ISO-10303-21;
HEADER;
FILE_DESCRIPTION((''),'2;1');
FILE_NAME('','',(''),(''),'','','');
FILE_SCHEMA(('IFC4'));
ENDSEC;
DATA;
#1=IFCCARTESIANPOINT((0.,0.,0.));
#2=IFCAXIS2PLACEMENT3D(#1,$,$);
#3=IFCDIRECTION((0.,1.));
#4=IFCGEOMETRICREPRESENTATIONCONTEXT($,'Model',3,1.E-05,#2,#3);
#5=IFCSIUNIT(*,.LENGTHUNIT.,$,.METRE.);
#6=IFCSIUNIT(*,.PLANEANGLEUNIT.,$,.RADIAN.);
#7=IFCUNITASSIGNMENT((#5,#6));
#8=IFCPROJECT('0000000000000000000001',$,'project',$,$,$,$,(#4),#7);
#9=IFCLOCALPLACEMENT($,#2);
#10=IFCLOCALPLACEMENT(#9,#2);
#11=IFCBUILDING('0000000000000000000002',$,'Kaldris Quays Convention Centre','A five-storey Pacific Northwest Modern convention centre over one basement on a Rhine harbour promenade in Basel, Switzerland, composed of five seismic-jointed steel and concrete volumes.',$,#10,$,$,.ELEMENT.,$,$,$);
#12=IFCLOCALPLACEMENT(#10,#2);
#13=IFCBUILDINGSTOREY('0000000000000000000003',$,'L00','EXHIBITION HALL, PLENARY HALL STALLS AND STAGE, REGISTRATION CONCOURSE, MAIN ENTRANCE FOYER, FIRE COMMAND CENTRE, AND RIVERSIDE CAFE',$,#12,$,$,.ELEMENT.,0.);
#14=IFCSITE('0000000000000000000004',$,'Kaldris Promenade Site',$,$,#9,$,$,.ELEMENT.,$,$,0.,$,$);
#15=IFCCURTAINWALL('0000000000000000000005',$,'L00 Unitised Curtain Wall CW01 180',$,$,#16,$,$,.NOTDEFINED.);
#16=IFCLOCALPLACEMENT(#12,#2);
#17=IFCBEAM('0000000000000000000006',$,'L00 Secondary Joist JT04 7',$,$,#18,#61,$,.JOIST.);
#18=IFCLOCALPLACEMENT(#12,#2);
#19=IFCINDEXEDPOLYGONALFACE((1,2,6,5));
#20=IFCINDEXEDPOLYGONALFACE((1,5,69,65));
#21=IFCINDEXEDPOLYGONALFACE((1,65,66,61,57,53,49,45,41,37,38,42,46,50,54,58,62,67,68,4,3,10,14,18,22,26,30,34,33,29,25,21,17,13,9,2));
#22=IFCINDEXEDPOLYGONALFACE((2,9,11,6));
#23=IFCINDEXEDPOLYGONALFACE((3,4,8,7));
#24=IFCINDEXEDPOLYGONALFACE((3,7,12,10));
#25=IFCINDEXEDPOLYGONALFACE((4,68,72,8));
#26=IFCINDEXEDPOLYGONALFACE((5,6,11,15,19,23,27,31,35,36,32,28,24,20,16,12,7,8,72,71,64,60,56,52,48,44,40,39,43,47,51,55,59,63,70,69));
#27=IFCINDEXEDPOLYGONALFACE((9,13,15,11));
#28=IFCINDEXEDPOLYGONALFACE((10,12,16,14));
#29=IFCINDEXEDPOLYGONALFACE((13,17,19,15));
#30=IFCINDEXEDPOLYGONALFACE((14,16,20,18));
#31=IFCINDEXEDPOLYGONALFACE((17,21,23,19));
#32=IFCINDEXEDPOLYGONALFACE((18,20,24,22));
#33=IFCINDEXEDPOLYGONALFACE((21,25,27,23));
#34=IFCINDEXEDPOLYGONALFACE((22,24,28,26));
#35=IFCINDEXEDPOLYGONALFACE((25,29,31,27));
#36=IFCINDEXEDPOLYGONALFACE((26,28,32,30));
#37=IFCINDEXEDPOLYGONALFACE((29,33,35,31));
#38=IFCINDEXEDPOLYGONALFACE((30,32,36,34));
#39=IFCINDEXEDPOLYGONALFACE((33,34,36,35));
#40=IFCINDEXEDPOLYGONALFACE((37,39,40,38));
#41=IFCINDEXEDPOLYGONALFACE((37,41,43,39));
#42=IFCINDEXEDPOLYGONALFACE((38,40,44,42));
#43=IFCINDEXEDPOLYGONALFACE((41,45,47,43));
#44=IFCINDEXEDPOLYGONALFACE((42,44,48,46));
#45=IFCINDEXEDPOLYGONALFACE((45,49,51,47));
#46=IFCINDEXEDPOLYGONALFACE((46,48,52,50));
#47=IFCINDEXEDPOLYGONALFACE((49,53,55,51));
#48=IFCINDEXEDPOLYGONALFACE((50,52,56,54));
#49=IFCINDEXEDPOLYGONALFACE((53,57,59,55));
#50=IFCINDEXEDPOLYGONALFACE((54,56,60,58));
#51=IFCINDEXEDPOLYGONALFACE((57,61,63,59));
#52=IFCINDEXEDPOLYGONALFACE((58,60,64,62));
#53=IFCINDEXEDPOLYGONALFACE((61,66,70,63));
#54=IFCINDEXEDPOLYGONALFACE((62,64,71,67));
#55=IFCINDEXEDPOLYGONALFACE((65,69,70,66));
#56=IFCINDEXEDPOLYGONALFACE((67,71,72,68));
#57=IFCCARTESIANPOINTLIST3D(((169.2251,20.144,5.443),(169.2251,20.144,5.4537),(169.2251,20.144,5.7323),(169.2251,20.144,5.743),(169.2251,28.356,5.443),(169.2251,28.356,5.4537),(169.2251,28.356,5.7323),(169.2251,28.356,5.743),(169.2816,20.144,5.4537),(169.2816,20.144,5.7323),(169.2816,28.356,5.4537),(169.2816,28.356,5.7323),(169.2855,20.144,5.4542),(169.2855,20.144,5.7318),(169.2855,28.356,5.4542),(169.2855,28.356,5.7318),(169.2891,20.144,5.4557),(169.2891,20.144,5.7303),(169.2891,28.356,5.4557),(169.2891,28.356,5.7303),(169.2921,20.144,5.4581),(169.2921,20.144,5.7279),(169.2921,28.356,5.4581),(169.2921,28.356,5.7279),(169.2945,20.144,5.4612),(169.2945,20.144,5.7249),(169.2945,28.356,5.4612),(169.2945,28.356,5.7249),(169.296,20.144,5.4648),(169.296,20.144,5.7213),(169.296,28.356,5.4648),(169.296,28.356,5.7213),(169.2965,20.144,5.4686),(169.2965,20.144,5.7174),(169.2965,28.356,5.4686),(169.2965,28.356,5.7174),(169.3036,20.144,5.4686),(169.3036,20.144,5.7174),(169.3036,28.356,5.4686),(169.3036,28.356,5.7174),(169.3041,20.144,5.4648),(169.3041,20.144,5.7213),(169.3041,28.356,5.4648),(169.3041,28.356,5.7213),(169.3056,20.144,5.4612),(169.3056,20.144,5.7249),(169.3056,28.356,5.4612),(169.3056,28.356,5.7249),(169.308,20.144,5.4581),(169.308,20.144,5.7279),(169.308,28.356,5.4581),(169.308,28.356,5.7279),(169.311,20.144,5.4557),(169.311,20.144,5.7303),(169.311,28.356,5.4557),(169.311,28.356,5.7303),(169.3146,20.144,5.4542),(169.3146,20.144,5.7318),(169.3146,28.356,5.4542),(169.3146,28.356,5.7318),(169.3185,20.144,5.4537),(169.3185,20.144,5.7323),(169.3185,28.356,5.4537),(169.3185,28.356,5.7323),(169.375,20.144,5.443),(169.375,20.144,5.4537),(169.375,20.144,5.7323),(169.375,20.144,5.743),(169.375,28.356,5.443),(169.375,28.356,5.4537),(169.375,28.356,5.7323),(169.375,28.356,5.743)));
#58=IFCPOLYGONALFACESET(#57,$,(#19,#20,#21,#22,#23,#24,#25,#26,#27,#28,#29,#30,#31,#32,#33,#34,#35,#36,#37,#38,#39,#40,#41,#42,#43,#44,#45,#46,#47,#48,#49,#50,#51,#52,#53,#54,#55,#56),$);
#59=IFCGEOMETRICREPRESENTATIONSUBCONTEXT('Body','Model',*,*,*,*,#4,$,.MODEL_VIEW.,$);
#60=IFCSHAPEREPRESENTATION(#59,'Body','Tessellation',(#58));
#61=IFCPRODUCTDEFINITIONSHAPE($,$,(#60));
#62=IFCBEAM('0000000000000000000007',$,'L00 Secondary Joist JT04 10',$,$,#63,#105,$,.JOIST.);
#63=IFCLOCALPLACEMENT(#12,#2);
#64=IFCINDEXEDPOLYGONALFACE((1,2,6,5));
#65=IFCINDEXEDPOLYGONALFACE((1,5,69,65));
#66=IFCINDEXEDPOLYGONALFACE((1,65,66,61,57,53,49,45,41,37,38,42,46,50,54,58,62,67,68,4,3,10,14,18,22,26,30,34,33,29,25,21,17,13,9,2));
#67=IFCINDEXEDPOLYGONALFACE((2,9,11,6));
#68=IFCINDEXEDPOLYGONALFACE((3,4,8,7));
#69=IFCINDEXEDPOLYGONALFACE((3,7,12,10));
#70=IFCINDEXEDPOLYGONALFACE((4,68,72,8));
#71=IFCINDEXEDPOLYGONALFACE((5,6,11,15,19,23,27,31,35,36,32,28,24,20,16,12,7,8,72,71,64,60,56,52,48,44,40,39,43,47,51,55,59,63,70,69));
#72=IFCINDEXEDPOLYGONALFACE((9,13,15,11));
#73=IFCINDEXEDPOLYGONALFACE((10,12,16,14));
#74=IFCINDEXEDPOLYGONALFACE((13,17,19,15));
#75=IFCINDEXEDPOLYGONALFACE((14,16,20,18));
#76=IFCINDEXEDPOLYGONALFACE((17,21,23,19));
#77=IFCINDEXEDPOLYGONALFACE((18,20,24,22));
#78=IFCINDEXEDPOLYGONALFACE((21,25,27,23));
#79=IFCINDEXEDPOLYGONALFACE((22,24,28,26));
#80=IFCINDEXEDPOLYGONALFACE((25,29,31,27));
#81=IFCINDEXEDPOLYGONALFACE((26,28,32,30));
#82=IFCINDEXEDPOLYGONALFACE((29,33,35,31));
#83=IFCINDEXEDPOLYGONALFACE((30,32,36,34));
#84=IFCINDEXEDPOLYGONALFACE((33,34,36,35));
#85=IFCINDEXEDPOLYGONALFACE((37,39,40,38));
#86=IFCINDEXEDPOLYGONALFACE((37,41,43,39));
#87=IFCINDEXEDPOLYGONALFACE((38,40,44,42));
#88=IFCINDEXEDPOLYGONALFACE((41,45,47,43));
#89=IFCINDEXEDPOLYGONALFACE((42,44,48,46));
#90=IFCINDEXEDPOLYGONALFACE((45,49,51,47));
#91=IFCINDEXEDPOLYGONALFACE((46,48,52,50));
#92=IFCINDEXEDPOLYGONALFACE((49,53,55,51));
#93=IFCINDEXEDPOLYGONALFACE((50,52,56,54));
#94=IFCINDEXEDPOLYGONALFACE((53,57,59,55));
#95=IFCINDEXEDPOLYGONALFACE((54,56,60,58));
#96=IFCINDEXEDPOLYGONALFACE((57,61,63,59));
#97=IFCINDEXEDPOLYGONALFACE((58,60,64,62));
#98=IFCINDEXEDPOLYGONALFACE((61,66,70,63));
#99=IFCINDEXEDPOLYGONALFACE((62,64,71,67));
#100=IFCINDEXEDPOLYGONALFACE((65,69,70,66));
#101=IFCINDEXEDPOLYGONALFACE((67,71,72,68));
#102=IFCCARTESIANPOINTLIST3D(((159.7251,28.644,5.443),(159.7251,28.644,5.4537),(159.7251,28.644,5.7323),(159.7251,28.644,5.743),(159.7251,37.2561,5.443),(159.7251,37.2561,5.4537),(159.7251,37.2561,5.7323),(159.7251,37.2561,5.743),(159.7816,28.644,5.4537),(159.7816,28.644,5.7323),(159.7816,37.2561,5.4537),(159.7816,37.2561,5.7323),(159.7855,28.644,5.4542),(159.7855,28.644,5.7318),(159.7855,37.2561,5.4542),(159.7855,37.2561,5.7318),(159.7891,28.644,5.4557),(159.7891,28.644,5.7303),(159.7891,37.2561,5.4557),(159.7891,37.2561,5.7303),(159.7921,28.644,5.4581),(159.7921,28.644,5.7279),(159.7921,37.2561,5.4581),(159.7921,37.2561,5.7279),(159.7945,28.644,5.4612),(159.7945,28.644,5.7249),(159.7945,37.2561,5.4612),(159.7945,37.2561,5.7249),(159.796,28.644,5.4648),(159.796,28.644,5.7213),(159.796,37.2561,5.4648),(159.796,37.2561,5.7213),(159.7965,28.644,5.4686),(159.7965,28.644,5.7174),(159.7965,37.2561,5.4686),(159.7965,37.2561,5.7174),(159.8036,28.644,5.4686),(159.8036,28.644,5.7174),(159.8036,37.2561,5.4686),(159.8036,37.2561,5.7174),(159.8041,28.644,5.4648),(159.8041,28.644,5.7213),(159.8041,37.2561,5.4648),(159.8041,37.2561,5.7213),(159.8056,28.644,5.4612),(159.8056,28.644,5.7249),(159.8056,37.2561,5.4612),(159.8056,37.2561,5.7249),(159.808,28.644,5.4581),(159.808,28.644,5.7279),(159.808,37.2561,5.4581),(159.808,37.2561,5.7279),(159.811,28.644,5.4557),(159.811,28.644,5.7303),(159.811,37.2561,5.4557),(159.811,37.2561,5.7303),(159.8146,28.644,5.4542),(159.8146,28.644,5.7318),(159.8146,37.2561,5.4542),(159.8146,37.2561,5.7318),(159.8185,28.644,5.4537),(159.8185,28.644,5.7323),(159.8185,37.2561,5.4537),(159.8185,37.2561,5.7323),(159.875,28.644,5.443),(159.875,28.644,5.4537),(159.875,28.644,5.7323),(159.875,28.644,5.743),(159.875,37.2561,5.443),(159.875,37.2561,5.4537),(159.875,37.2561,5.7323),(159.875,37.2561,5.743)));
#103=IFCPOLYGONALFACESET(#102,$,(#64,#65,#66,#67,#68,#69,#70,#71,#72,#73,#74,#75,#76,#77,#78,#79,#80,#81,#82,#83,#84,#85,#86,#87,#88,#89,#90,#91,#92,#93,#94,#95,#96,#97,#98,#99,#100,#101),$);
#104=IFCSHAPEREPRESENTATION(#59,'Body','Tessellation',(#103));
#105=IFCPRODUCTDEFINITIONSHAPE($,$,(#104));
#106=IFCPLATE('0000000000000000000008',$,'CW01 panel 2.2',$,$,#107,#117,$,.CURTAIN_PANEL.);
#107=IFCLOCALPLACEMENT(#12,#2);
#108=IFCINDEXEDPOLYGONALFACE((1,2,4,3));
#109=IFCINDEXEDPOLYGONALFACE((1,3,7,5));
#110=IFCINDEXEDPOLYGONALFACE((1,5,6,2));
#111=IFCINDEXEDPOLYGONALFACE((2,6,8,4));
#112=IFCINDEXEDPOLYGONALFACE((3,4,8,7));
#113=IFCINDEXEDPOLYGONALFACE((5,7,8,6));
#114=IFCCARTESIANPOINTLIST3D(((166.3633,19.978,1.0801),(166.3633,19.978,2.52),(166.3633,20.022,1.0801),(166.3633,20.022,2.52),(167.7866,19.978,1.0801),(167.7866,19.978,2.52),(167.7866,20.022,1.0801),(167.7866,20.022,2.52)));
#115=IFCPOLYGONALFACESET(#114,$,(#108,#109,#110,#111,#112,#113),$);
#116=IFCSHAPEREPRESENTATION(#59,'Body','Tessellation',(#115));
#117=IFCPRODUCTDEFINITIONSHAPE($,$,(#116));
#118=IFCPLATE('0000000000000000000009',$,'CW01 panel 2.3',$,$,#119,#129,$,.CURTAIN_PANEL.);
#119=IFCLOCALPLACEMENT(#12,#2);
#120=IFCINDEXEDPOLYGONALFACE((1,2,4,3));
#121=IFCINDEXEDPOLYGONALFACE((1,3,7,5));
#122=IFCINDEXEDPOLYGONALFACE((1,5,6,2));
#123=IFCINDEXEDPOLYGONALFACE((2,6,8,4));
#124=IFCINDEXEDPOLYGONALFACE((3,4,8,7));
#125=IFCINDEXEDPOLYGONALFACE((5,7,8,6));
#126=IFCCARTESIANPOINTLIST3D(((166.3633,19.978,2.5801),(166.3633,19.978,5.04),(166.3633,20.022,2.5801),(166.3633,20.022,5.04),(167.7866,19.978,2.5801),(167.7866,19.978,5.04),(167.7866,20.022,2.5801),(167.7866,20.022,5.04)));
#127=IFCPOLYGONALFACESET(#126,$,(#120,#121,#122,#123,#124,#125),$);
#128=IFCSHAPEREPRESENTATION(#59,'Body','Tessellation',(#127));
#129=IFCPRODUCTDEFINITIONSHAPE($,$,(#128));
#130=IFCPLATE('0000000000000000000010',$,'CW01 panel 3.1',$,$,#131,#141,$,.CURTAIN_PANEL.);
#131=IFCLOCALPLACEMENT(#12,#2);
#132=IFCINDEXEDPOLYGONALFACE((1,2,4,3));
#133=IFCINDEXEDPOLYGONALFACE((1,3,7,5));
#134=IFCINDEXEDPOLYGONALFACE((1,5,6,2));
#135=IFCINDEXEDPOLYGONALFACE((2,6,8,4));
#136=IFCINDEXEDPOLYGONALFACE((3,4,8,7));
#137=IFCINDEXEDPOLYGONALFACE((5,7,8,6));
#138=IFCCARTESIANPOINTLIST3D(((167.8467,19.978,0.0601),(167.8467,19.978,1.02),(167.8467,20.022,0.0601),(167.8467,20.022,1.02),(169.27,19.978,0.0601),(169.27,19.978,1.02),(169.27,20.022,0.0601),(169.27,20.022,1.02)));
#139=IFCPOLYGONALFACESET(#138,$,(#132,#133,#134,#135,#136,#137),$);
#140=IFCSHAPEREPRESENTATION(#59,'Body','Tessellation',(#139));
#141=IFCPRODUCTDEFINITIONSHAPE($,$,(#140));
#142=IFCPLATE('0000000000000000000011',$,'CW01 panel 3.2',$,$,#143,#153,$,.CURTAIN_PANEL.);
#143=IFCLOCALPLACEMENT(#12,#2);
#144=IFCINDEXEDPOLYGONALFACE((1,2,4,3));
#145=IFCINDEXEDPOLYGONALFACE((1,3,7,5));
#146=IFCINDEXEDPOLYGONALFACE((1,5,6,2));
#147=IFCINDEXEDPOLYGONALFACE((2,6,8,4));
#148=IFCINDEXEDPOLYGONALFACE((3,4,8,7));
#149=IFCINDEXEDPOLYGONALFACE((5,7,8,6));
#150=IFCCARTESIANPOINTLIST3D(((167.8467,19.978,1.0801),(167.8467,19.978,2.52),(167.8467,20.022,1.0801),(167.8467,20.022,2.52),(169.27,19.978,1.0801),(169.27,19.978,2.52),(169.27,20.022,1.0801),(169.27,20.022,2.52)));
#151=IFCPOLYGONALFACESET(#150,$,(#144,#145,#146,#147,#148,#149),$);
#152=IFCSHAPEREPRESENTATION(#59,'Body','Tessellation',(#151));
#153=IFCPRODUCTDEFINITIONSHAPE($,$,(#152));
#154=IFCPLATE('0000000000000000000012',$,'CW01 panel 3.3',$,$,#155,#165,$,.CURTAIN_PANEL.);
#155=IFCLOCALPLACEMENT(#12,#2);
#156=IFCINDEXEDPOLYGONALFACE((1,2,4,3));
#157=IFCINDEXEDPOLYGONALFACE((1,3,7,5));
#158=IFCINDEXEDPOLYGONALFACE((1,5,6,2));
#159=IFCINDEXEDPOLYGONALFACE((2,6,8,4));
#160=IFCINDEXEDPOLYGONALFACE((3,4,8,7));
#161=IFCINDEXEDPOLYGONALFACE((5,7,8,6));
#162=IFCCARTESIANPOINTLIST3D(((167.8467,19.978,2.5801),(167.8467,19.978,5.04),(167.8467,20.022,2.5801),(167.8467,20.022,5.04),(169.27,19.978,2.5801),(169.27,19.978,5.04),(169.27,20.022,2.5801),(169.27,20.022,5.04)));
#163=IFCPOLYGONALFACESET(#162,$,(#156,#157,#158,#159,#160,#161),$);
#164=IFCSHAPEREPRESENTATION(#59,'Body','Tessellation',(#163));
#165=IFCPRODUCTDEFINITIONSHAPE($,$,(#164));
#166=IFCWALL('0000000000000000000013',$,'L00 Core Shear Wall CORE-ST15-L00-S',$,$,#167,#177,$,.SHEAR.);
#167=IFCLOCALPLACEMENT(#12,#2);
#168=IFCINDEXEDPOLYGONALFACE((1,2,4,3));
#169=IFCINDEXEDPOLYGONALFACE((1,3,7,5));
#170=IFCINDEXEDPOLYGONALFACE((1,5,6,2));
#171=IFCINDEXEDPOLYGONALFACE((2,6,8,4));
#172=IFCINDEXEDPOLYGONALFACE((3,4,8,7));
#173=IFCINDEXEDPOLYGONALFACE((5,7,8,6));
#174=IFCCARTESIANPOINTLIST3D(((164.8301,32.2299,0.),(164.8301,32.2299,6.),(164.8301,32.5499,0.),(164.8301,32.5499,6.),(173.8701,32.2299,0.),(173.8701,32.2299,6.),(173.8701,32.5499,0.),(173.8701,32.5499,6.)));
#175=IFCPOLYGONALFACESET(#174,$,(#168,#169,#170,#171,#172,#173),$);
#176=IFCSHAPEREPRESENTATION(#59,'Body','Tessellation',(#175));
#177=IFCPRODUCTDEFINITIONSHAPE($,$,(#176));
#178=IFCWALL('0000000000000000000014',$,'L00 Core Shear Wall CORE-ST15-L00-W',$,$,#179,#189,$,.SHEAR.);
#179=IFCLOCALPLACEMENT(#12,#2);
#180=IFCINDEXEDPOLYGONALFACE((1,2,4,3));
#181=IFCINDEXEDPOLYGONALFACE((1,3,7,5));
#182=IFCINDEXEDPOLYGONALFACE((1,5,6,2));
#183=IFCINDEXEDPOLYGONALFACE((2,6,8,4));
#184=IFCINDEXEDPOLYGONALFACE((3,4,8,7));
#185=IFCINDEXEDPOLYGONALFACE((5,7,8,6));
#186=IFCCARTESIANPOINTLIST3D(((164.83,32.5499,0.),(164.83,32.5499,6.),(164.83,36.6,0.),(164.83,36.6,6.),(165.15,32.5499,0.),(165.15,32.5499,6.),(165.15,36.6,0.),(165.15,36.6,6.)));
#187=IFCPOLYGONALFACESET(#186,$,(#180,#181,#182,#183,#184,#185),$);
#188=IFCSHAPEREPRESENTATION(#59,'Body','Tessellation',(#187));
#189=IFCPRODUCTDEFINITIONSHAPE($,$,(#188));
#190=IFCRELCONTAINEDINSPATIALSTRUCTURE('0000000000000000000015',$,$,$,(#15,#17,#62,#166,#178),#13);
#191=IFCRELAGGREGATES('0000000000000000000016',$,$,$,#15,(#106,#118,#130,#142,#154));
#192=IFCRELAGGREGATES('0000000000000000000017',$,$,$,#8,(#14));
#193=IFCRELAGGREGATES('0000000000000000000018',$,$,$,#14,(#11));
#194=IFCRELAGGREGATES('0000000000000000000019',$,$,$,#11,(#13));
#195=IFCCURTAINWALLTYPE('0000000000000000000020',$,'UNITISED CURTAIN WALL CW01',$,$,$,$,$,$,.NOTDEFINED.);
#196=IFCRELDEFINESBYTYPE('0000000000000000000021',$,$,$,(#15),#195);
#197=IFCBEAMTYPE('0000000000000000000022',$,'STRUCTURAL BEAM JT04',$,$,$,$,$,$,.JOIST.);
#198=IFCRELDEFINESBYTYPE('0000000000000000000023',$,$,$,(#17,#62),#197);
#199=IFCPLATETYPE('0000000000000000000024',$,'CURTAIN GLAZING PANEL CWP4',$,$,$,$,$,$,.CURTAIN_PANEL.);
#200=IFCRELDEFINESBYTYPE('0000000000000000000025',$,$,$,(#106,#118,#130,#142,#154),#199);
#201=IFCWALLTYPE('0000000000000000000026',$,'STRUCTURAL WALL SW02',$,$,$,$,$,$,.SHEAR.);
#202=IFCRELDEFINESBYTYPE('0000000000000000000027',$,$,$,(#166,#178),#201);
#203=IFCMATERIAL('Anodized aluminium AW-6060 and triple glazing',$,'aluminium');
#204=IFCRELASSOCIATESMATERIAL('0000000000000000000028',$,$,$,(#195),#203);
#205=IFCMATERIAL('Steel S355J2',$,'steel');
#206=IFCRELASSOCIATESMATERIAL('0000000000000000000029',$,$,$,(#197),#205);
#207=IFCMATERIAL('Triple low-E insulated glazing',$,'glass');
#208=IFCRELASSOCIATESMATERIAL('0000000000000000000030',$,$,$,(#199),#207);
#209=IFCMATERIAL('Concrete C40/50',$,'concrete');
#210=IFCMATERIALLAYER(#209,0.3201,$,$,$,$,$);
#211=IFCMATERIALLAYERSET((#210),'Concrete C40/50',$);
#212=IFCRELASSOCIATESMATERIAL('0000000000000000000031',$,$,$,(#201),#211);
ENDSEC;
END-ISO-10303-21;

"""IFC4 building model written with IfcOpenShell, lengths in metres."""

from ifc_helpers import new_model, si_unit, direction, frame, frame_2d, origin, origin_2d, place, context, subcontext, project, spatial, rectangle, i_section, extrude, material, layer, layer_set, material_profile, profile_set, type_object, element, aggregate, save


model = new_model("IFC4")

# Units and contexts
model_context = context("Model", 3, precision=1e-05, world=origin(), true_north=direction((0.0, 1.0)))
body_context = subcontext(model_context, "Body", "Model", "MODEL_VIEW")
ifc_project = project(units=[si_unit("LENGTHUNIT", "METRE"), si_unit("PLANEANGLEUNIT", "RADIAN")], contexts=[model_context])

# Site, building, storey
site_placement = place(None, origin())
site = spatial("IfcSite", under=ifc_project, at=site_placement, Name="Kaldris Promenade Site", CompositionType="ELEMENT", RefElevation=0.0)
building_placement = place(site_placement, origin())
building = spatial("IfcBuilding", under=site, at=building_placement, Name="Kaldris Quays Convention Centre", Description="A five-storey Pacific Northwest Modern convention centre over one basement on a Rhine harbour promenade in Basel, Switzerland, composed of five seismic-jointed steel and concrete volumes.", CompositionType="ELEMENT")
storey_placement = place(building_placement, origin())
storey = spatial("IfcBuildingStorey", under=building, at=storey_placement, Name="L00", Description="EXHIBITION HALL, PLENARY HALL STALLS AND STAGE, REGISTRATION CONCOURSE, MAIN ENTRANCE FOYER, FIRE COMMAND CENTRE, AND RIVERSIDE CAFE", CompositionType="ELEMENT", Elevation=0.0)

# Shared definitions
ifc_material_1 = material(Name="Steel S355J2", Category="steel")

# Curtain wall
ifc_material_2 = material(Name="Anodized aluminium AW-6060 and triple glazing", Category="aluminium")
curtain_wall_type = type_object("IfcCurtainWallType", Name="UNITISED CURTAIN WALL CW01", PredefinedType="NOTDEFINED", material=ifc_material_2)
curtain_wall_placement = place(storey_placement, origin())
curtain_wall = element("IfcCurtainWall", 1, at=curtain_wall_placement, inside=storey, type_object=curtain_wall_type, Name="L00 Unitised Curtain Wall CW01 180", PredefinedType="NOTDEFINED")

# Beams
ifc_material_profile_1 = material_profile(ifc_material_1, i_section(OverallWidth=0.1499, OverallDepth=0.3, WebThickness=0.0071, FlangeThickness=0.0107, FilletRadius=0.0149, at=origin_2d()), Name="IPE 300")
ifc_profile_set_1 = profile_set([ifc_material_profile_1], Name="Steel S355J2")
beam_type_1 = type_object("IfcBeamType", Name="STRUCTURAL BEAM JT04", PredefinedType="JOIST", material=ifc_profile_set_1)
for number, where, z_axis, x_axis, name in (
    (2, (169.3, 20.144, 5.593), (0.0, 1.0, 0.0), (-1.0, 0.0, 0.0), "L00 Secondary Joist JT04 7"),
):
    element("IfcBeam", number, at=place(storey_placement, frame(where, z_axis=z_axis, x_axis=x_axis)), inside=storey, type_object=beam_type_1, Name=name, PredefinedType="JOIST", context=body_context, shape_type="SweptSolid", body=[
        extrude(i_section(OverallWidth=0.1499, OverallDepth=0.3, WebThickness=0.0071, FlangeThickness=0.0107, FilletRadius=0.0149, at=origin_2d()), origin(), (0.0, 0.0, 1.0), 8.2119),
    ])
beam_1_placement = place(storey_placement, frame((159.8, 28.644, 5.593), z_axis=(0.0, 1.0, 0.0), x_axis=(-1.0, 0.0, 0.0)))
element("IfcBeam", 3, at=beam_1_placement, inside=storey, type_object=beam_type_1, Name="L00 Secondary Joist JT04 10", PredefinedType="JOIST", context=body_context, shape_type="SweptSolid", body=[
    extrude(i_section(OverallWidth=0.1499, OverallDepth=0.3, WebThickness=0.0071, FlangeThickness=0.0107, FilletRadius=0.0149, at=origin_2d()), origin(), (0.0, 0.0, 1.0), 8.6121),
])

# Plates
ifc_material_3 = material(Name="Triple low-E insulated glazing", Category="glass")
plate_type = type_object("IfcPlateType", Name="CURTAIN GLAZING PANEL CWP4", PredefinedType="CURTAIN_PANEL", material=ifc_material_3)
plate_1_placement = place(storey_placement, frame((167.075, 20.0, 1.0801), z_axis=(0.0, 0.0, 1.0), x_axis=(1.0, 0.0, 0.0)))
plate_1 = element("IfcPlate", 4, at=plate_1_placement, type_object=plate_type, Name="CW01 panel 2.2", PredefinedType="CURTAIN_PANEL", context=body_context, shape_type="SweptSolid", body=[
    extrude(rectangle(XDim=1.4233, YDim=0.0439, at=origin_2d()), origin(), (0.0, 0.0, 1.0), 1.4399),
])
plate_2_placement = place(storey_placement, frame((167.075, 20.0, 2.5801), z_axis=(0.0, 0.0, 1.0), x_axis=(1.0, 0.0, 0.0)))
plate_2 = element("IfcPlate", 5, at=plate_2_placement, type_object=plate_type, Name="CW01 panel 2.3", PredefinedType="CURTAIN_PANEL", context=body_context, shape_type="SweptSolid", body=[
    extrude(rectangle(XDim=1.4233, YDim=0.0439, at=origin_2d()), origin(), (0.0, 0.0, 1.0), 2.46),
])
plate_3_placement = place(storey_placement, frame((168.5583, 20.0, 0.0601), z_axis=(0.0, 0.0, 1.0), x_axis=(1.0, 0.0, 0.0)))
plate_3 = element("IfcPlate", 6, at=plate_3_placement, type_object=plate_type, Name="CW01 panel 3.1", PredefinedType="CURTAIN_PANEL", context=body_context, shape_type="SweptSolid", body=[
    extrude(rectangle(XDim=1.4233, YDim=0.0439, at=origin_2d()), origin(), (0.0, 0.0, 1.0), 0.96),
])
plate_4_placement = place(storey_placement, frame((168.5583, 20.0, 1.0801), z_axis=(0.0, 0.0, 1.0), x_axis=(1.0, 0.0, 0.0)))
plate_4 = element("IfcPlate", 7, at=plate_4_placement, type_object=plate_type, Name="CW01 panel 3.2", PredefinedType="CURTAIN_PANEL", context=body_context, shape_type="SweptSolid", body=[
    extrude(rectangle(XDim=1.4233, YDim=0.0439, at=origin_2d()), origin(), (0.0, 0.0, 1.0), 1.4399),
])
plate_5_placement = place(storey_placement, frame((168.5583, 20.0, 2.5801), z_axis=(0.0, 0.0, 1.0), x_axis=(1.0, 0.0, 0.0)))
plate_5 = element("IfcPlate", 8, at=plate_5_placement, type_object=plate_type, Name="CW01 panel 3.3", PredefinedType="CURTAIN_PANEL", context=body_context, shape_type="SweptSolid", body=[
    extrude(rectangle(XDim=1.4233, YDim=0.0439, at=origin_2d()), origin(), (0.0, 0.0, 1.0), 2.46),
])
aggregate(curtain_wall, [plate_1, plate_2, plate_3, plate_4, plate_5])

# Walls
ifc_material_4 = material(Name="Concrete C40/50", Category="concrete")
ifc_layer = layer(ifc_material_4, 0.3201)
ifc_layer_set = layer_set([ifc_layer], Name="Concrete C40/50")
wall_type = type_object("IfcWallType", Name="STRUCTURAL WALL SW02", PredefinedType="SHEAR", material=ifc_layer_set)
wall_1_placement = place(storey_placement, frame((164.8301, 32.3899, 0.0), z_axis=(0.0, 0.0, 1.0), x_axis=(1.0, 0.0, 0.0)))
element("IfcWall", 9, at=wall_1_placement, inside=storey, type_object=wall_type, Name="L00 Core Shear Wall CORE-ST15-L00-S", PredefinedType="SHEAR", context=body_context, shape_type="SweptSolid", body=[
    extrude(rectangle(XDim=9.04, YDim=0.3201, at=frame_2d((4.52, 0.0))), origin(), (0.0, 0.0, 1.0), 6.0),
])
wall_2_placement = place(storey_placement, frame((164.99, 32.55, 0.0), z_axis=(0.0, 0.0, 1.0), x_axis=(0.0, 1.0, 0.0)))
element("IfcWall", 10, at=wall_2_placement, inside=storey, type_object=wall_type, Name="L00 Core Shear Wall CORE-ST15-L00-W", PredefinedType="SHEAR", context=body_context, shape_type="SweptSolid", body=[
    extrude(rectangle(XDim=4.05, YDim=0.3201, at=frame_2d((2.0249, 0.0))), origin(), (0.0, 0.0, 1.0), 6.0),
])

save(model, "model.ifc")
